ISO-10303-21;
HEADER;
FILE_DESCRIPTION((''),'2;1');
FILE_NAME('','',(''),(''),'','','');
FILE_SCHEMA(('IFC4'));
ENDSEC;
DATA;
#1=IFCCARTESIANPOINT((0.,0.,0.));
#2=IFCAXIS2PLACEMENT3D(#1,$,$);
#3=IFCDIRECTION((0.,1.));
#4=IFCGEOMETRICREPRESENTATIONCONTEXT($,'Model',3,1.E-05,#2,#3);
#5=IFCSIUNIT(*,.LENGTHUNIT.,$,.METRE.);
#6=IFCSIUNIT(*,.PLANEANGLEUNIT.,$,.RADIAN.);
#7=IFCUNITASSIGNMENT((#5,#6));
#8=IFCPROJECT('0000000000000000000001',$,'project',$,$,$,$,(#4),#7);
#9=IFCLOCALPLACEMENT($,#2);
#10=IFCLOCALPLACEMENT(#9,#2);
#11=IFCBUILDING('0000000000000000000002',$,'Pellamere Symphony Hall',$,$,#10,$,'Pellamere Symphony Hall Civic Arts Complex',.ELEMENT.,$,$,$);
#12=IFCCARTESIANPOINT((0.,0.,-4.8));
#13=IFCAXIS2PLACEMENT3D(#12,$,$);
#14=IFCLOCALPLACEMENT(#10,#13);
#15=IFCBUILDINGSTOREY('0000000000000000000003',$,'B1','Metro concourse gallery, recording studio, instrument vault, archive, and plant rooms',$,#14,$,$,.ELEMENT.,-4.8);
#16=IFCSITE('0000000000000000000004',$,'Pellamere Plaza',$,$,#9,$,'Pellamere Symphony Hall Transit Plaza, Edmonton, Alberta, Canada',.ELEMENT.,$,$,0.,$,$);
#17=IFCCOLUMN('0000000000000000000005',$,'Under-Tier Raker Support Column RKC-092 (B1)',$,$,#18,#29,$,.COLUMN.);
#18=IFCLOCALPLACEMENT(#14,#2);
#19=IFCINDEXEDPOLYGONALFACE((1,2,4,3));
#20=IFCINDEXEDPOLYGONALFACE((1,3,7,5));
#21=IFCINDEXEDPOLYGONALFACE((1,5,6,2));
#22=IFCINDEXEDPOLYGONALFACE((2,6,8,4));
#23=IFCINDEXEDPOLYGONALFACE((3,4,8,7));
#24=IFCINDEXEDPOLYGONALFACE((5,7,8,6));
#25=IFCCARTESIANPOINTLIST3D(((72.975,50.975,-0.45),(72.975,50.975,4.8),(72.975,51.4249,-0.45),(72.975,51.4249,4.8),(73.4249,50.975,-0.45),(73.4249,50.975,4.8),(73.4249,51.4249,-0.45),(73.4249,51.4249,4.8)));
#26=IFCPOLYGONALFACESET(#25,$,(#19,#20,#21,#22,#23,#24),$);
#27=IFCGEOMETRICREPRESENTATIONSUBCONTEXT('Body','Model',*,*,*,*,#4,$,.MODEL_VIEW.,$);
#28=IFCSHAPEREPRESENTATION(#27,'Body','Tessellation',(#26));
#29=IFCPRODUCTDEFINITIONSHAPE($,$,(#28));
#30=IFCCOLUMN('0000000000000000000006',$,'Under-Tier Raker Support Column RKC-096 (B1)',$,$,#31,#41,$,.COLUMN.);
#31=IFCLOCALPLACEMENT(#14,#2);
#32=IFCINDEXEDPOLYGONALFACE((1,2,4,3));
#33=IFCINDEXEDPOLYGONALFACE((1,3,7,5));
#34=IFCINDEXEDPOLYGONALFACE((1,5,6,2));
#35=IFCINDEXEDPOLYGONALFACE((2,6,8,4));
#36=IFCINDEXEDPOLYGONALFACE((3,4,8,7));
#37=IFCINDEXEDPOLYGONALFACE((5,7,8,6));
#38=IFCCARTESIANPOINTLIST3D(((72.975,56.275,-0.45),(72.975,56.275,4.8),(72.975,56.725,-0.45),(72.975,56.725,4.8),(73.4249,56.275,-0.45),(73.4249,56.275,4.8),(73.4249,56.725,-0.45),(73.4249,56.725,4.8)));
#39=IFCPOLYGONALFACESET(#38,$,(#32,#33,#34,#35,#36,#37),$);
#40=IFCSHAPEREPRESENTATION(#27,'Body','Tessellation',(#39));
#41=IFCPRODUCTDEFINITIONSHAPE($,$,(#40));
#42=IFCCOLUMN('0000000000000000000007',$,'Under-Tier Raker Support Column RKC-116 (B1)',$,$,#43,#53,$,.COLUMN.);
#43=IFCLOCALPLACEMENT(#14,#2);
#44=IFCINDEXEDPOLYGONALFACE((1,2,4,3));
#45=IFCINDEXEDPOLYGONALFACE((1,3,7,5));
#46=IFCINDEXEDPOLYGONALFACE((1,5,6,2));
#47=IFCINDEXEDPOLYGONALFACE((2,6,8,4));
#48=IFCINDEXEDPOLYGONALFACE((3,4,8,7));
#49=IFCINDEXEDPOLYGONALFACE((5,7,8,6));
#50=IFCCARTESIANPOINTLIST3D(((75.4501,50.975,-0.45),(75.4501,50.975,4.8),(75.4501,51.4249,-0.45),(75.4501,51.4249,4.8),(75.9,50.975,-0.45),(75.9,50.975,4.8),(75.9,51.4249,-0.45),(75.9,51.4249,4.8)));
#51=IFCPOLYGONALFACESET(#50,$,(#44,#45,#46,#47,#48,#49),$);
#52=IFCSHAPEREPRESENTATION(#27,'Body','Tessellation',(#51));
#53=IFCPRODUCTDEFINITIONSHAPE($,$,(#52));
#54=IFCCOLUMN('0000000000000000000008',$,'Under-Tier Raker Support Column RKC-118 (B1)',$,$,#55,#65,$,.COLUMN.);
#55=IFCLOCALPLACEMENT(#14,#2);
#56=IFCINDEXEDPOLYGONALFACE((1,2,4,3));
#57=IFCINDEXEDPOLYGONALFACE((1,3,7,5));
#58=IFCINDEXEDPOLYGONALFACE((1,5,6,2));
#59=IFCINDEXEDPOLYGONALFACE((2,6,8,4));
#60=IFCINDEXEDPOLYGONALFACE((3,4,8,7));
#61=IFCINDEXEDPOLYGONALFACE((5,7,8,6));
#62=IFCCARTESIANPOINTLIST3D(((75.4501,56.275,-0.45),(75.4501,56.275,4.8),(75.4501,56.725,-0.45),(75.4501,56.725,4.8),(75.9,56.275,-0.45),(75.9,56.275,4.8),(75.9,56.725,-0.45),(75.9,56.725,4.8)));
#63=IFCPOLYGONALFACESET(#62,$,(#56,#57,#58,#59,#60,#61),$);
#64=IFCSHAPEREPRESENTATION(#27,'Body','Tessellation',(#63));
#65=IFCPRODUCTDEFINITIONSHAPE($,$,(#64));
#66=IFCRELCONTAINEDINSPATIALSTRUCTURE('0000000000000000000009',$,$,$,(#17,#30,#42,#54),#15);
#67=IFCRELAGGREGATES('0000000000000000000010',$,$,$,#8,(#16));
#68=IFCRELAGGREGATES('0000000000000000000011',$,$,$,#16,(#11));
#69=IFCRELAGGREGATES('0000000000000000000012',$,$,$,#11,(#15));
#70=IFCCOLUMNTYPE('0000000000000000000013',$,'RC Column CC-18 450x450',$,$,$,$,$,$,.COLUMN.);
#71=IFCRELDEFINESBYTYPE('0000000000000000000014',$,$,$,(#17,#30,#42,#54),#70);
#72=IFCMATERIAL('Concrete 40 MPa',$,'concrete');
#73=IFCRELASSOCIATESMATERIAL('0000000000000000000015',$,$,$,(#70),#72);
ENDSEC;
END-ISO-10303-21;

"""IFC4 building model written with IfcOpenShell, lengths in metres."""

from ifc_helpers import new_model, si_unit, direction, frame, origin, origin_2d, place, context, subcontext, project, spatial, rectangle, extrude, material, material_profile, profile_set, type_object, element, save


model = new_model("IFC4")

# Units and contexts
model_context = context("Model", 3, precision=1e-05, world=origin(), true_north=direction((0.0, 1.0)))
body_context = subcontext(model_context, "Body", "Model", "MODEL_VIEW")
ifc_project = project(units=[si_unit("LENGTHUNIT", "METRE"), si_unit("PLANEANGLEUNIT", "RADIAN")], contexts=[model_context])

# Site, building, storey
site_placement = place(None, origin())
site = spatial("IfcSite", under=ifc_project, at=site_placement, Name="Pellamere Plaza", LongName="Pellamere Symphony Hall Transit Plaza, Edmonton, Alberta, Canada", CompositionType="ELEMENT", RefElevation=0.0)
building_placement = place(site_placement, origin())
building = spatial("IfcBuilding", under=site, at=building_placement, Name="Pellamere Symphony Hall", LongName="Pellamere Symphony Hall Civic Arts Complex", CompositionType="ELEMENT")
storey_placement = place(building_placement, frame((0.0, 0.0, -4.8)))
storey = spatial("IfcBuildingStorey", under=building, at=storey_placement, Name="B1", Description="Metro concourse gallery, recording studio, instrument vault, archive, and plant rooms", CompositionType="ELEMENT", Elevation=-4.8)

# Columns
ifc_material_1 = material(Name="Concrete 40 MPa", Category="concrete")
ifc_material_profile_1 = material_profile(ifc_material_1, rectangle(XDim=0.45, YDim=0.45, at=origin_2d()), Name="RC 450x450")
ifc_profile_set_1 = profile_set([ifc_material_profile_1], Name="Concrete 40 MPa")
column_type = type_object("IfcColumnType", Name="RC Column CC-18 450x450", PredefinedType="COLUMN", material=ifc_profile_set_1)
for number, where, z_axis, x_axis, name in (
    (1, (73.2, 51.2, -0.45), (0.0, 0.0, 1.0), (1.0, 0.0, 0.0), "Under-Tier Raker Support Column RKC-092 (B1)"),
    (2, (73.2, 56.5, -0.45), (0.0, 0.0, 1.0), (1.0, 0.0, 0.0), "Under-Tier Raker Support Column RKC-096 (B1)"),
    (3, (75.675, 51.2, -0.45), (0.0, 0.0, 1.0), (1.0, 0.0, 0.0), "Under-Tier Raker Support Column RKC-116 (B1)"),
    (4, (75.675, 56.5, -0.45), (0.0, 0.0, 1.0), (1.0, 0.0, 0.0), "Under-Tier Raker Support Column RKC-118 (B1)"),
):
    element("IfcColumn", number, at=place(storey_placement, frame(where, z_axis=z_axis, x_axis=x_axis)), inside=storey, type_object=column_type, Name=name, PredefinedType="COLUMN", context=body_context, shape_type="SweptSolid", body=[
        extrude(rectangle(XDim=0.45, YDim=0.45, at=origin_2d()), origin(), (0.0, 0.0, 1.0), 5.25),
    ])

save(model, "model.ifc")
